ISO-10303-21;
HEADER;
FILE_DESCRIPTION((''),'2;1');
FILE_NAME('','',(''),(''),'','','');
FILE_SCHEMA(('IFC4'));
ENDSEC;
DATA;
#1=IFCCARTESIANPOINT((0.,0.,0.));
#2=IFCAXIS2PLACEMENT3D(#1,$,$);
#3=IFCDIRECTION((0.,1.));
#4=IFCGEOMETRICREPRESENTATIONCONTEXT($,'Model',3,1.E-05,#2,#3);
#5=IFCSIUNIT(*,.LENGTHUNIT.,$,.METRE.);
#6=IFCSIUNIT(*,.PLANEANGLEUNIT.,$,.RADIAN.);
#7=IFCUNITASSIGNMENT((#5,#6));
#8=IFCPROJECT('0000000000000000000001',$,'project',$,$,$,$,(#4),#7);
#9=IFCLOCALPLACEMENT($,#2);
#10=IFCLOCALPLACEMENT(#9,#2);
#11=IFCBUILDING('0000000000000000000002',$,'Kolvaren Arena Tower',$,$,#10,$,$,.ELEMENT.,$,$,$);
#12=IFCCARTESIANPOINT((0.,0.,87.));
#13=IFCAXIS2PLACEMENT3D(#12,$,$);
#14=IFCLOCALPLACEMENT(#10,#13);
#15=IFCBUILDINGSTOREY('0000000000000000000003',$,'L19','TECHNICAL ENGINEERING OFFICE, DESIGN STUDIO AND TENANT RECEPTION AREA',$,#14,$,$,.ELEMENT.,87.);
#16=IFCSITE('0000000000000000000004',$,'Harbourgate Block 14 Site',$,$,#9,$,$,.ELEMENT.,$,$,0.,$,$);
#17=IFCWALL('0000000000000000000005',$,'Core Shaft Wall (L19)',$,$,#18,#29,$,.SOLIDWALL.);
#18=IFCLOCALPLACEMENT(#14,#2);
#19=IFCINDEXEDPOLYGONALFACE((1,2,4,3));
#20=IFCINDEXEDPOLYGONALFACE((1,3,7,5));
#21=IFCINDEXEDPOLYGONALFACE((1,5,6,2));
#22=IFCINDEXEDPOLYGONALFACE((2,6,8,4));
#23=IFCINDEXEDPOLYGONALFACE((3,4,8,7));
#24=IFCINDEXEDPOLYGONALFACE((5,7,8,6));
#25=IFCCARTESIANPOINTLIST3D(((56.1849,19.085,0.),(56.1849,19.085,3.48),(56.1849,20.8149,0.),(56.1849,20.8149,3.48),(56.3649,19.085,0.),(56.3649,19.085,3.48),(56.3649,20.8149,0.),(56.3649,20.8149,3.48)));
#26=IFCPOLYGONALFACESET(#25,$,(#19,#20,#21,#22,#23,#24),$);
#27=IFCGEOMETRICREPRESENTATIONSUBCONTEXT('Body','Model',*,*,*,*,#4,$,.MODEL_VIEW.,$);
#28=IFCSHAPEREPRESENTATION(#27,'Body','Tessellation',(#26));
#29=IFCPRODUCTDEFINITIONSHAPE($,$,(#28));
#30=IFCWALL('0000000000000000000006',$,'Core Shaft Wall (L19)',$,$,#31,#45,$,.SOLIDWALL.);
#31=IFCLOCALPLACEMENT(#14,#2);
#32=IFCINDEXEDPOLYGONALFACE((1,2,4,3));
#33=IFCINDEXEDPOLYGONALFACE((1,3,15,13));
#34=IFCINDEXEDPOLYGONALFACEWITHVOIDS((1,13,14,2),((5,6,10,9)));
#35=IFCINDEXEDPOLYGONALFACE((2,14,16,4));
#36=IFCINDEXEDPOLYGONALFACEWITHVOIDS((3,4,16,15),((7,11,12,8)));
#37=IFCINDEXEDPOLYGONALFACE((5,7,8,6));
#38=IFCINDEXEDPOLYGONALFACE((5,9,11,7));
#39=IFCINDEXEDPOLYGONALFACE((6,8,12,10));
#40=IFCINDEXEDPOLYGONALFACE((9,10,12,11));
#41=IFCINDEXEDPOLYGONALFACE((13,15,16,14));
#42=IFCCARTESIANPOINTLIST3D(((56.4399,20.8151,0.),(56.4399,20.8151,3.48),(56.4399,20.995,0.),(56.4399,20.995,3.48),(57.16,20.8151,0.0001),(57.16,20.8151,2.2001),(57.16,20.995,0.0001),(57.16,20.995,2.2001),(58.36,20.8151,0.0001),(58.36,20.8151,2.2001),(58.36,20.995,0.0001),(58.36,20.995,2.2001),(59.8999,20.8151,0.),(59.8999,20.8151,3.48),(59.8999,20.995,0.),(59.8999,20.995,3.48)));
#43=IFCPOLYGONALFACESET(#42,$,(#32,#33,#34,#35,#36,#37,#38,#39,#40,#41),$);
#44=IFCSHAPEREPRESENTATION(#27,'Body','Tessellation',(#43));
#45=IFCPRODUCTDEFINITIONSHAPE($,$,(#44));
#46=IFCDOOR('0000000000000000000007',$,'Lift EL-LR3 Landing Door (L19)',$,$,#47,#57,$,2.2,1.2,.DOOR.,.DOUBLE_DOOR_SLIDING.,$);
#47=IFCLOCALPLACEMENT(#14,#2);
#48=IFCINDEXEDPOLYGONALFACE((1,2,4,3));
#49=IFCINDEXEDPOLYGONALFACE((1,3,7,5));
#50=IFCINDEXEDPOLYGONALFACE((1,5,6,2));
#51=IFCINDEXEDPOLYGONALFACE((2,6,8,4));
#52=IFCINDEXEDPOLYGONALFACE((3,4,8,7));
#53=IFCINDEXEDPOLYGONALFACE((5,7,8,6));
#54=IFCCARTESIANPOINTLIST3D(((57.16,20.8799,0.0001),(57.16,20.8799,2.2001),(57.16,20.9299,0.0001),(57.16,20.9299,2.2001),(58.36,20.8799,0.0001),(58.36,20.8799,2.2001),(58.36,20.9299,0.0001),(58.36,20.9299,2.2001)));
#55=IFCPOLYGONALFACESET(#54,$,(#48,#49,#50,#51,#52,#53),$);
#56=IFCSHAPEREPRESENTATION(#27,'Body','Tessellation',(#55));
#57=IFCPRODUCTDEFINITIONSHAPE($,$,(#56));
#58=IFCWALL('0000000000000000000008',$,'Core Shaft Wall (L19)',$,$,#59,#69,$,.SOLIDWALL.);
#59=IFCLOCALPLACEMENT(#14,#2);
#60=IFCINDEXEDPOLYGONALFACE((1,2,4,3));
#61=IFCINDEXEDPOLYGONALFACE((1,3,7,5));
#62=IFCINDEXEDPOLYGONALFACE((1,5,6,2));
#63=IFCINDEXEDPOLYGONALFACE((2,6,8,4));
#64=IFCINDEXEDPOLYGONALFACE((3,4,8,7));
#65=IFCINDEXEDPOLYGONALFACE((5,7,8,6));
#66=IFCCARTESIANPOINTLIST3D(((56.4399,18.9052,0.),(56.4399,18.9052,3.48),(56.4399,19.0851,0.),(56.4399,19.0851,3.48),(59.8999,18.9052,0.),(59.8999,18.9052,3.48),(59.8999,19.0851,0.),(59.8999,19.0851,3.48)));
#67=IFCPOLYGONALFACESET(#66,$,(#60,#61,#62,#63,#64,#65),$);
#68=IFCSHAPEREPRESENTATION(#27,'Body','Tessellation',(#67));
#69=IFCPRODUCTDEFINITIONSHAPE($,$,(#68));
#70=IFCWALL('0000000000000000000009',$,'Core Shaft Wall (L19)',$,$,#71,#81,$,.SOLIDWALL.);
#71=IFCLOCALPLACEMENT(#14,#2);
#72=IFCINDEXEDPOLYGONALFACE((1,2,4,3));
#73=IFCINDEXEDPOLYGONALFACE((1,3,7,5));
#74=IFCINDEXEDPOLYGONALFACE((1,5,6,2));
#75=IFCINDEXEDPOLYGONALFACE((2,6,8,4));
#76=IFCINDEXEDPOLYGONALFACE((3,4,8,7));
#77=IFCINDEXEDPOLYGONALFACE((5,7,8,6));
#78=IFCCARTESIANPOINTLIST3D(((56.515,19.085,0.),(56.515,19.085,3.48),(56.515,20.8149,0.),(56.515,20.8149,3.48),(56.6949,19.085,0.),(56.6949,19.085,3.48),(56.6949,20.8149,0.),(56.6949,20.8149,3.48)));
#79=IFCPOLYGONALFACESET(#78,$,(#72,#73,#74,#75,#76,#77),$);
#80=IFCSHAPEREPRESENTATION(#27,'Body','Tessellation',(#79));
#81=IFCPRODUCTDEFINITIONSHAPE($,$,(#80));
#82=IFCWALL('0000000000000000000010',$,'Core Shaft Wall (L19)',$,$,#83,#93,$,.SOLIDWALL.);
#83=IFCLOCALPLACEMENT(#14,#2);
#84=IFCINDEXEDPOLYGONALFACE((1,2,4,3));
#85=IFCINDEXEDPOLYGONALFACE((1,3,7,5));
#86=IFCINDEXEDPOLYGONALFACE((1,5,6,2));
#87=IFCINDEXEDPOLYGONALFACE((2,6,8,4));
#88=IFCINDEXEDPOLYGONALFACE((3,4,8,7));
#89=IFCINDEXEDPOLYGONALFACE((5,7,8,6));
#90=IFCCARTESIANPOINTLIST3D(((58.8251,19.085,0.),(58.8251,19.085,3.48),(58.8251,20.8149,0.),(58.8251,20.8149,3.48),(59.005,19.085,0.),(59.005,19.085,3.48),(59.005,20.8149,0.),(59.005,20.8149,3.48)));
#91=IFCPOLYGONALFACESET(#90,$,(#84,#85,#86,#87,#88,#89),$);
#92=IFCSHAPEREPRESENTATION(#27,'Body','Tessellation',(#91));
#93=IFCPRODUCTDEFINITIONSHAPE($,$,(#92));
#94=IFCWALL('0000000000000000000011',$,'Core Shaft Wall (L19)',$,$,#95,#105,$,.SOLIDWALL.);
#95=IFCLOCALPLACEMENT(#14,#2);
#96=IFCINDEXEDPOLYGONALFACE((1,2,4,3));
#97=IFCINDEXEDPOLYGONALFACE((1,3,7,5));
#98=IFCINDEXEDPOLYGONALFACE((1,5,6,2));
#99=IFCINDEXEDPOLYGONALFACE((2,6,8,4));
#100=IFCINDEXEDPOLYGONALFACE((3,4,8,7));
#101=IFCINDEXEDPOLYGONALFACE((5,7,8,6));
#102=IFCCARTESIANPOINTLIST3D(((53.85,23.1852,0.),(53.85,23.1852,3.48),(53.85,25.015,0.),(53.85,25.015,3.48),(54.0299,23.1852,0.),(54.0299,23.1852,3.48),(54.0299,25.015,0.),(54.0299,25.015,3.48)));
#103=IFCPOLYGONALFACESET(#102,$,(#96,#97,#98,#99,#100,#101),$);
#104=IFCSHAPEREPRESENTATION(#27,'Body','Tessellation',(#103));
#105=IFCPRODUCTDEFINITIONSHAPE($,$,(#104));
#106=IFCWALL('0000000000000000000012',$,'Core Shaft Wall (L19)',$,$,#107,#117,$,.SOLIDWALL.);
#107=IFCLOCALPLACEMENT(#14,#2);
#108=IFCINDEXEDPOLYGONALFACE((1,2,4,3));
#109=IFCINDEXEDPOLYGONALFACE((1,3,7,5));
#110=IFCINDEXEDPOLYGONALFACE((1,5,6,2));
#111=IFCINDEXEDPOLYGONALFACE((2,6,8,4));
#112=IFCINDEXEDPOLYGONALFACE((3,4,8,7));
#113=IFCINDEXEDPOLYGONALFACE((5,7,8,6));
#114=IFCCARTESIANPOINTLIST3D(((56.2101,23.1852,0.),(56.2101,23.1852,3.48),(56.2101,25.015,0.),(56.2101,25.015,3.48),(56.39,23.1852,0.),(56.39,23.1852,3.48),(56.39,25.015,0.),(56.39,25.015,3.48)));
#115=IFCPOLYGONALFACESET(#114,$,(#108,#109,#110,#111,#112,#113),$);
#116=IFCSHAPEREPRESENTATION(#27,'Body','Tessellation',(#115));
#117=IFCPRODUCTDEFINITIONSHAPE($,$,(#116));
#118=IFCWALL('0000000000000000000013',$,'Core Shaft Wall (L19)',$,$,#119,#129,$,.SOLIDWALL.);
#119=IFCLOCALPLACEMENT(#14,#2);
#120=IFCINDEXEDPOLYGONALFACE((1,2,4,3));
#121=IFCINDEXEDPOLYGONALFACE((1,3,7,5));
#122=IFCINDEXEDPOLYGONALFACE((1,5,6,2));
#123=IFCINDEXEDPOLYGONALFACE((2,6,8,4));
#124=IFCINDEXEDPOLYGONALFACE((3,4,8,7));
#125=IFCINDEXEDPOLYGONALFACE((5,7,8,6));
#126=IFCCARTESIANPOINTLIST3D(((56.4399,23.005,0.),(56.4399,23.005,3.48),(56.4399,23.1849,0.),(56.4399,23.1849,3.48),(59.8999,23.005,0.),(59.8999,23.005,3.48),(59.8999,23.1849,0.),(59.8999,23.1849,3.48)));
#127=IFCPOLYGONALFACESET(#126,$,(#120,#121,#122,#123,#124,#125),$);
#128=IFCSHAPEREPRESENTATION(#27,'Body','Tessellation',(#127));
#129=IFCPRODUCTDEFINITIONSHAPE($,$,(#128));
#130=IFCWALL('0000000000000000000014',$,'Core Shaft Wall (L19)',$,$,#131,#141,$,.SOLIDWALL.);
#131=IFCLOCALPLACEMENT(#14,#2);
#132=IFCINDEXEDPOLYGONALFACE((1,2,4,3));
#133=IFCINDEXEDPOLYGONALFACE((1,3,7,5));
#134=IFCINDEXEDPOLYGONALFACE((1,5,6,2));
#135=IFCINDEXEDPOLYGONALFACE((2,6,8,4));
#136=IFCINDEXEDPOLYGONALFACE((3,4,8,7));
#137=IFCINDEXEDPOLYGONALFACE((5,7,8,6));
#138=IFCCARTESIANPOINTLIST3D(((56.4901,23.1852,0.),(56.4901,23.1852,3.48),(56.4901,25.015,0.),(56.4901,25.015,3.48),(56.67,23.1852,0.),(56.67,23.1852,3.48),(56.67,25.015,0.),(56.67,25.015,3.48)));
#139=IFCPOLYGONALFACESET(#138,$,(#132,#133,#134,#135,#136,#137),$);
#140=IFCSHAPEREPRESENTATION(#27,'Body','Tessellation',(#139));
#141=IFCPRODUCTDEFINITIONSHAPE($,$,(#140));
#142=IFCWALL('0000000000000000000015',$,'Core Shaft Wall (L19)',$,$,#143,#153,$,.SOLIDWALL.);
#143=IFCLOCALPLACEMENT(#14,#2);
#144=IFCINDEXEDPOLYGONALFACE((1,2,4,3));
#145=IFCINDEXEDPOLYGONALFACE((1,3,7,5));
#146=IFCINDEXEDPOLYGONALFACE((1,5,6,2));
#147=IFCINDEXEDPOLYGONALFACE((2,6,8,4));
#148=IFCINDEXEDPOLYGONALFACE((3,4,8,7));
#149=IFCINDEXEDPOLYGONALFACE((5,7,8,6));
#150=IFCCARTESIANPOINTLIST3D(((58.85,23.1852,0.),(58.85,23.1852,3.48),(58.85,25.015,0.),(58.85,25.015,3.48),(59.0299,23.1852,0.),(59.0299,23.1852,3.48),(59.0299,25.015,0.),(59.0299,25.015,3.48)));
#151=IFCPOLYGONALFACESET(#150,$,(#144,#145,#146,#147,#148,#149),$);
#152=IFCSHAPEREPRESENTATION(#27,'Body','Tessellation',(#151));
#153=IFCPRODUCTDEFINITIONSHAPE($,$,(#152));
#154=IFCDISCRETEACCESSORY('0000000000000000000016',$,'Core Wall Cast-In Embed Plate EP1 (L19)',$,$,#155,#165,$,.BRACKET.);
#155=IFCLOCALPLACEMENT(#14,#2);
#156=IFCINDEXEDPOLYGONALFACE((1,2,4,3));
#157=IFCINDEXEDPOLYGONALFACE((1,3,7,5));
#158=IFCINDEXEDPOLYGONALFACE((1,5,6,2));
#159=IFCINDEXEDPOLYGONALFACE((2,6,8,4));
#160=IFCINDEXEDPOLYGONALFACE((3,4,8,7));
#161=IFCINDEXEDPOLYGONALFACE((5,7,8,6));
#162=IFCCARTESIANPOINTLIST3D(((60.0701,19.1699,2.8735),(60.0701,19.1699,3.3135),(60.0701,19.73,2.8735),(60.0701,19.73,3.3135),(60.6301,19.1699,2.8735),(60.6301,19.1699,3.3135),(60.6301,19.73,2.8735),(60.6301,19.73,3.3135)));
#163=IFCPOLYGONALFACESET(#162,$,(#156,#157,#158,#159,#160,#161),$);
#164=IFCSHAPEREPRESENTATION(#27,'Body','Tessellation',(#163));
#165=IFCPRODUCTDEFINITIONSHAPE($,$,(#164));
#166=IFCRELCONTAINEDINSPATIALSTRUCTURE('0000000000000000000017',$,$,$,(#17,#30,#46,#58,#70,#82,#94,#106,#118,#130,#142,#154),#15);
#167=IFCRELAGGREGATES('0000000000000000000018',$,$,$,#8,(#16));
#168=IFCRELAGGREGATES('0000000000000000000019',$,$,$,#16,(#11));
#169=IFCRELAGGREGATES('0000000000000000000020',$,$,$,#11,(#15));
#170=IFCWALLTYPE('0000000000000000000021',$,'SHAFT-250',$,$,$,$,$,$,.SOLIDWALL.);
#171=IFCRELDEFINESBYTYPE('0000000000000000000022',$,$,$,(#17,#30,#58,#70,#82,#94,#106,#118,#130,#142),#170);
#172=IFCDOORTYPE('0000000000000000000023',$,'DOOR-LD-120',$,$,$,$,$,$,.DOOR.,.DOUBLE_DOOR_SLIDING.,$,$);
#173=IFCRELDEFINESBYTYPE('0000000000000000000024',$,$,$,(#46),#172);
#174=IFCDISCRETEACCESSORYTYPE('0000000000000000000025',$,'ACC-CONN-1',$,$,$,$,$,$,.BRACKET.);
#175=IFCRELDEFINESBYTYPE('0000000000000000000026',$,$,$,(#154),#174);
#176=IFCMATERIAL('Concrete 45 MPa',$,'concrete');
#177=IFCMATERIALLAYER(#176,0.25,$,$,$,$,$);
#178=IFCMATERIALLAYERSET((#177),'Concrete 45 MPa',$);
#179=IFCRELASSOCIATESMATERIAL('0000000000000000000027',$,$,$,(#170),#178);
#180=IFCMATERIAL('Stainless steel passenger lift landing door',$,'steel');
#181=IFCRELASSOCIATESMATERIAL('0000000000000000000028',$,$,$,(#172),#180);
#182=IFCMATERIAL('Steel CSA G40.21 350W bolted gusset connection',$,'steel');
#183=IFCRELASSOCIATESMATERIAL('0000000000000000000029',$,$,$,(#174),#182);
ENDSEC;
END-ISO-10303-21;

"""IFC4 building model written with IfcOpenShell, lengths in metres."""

from ifc_helpers import new_model, si_unit, direction, frame, frame_2d, origin, origin_2d, place, context, subcontext, project, spatial, rectangle, extrude, material, layer, layer_set, type_object, element, fill, save


model = new_model("IFC4")

# Units and contexts
model_context = context("Model", 3, precision=1e-05, world=origin(), true_north=direction((0.0, 1.0)))
body_context = subcontext(model_context, "Body", "Model", "MODEL_VIEW")
ifc_project = project(units=[si_unit("LENGTHUNIT", "METRE"), si_unit("PLANEANGLEUNIT", "RADIAN")], contexts=[model_context])

# Site, building, storey
site_placement = place(None, origin())
site = spatial("IfcSite", under=ifc_project, at=site_placement, Name="Harbourgate Block 14 Site", CompositionType="ELEMENT", RefElevation=0.0)
building_placement = place(site_placement, origin())
building = spatial("IfcBuilding", under=site, at=building_placement, Name="Kolvaren Arena Tower", CompositionType="ELEMENT")
storey_placement = place(building_placement, frame((0.0, 0.0, 87.0)))
storey = spatial("IfcBuildingStorey", under=building, at=storey_placement, Name="L19", Description="TECHNICAL ENGINEERING OFFICE, DESIGN STUDIO AND TENANT RECEPTION AREA", CompositionType="ELEMENT", Elevation=87.0)

# Shared definitions
ifc_material_1 = material(Name="Concrete 45 MPa", Category="concrete")
ifc_layer_1 = layer(ifc_material_1, 0.25)
ifc_layer_set_1 = layer_set([ifc_layer_1], Name="Concrete 45 MPa")
wall_type_1 = type_object("IfcWallType", Name="SHAFT-250", PredefinedType="SOLIDWALL", material=ifc_layer_set_1)
ifc_material_2 = material(Name="Stainless steel passenger lift landing door", Category="steel")
door_type = type_object("IfcDoorType", Name="DOOR-LD-120", OperationType="DOUBLE_DOOR_SLIDING", PredefinedType="DOOR", material=ifc_material_2)

# Wall
for number, where, z_axis, x_axis, name in (
    (1, (56.2749, 19.085, 0.0), (0.0, 0.0, 1.0), (0.0, 1.0, 0.0), "Core Shaft Wall (L19)"),
):
    element("IfcWall", number, at=place(storey_placement, frame(where, z_axis=z_axis, x_axis=x_axis)), inside=storey, type_object=wall_type_1, Name=name, PredefinedType="SOLIDWALL", context=body_context, shape_type="SweptSolid", body=[
        extrude(rectangle(XDim=1.73, YDim=0.1799, at=frame_2d((0.865, 0.0))), origin(), (0.0, 0.0, 1.0), 3.48),
    ])

# Wall, opening, door
wall_1_placement = place(storey_placement, frame((56.4399, 20.905, 0.0), z_axis=(0.0, 0.0, 1.0), x_axis=(1.0, 0.0, 0.0)))
wall_1 = element("IfcWall", 2, at=wall_1_placement, inside=storey, type_object=wall_type_1, Name="Core Shaft Wall (L19)", PredefinedType="SOLIDWALL", context=body_context, shape_type="SweptSolid", body=[
    extrude(rectangle(XDim=3.46, YDim=0.1799, at=frame_2d((1.73, 0.0))), origin(), (0.0, 0.0, 1.0), 3.48),
])
opening_1_placement = place(wall_1_placement, frame((0.72, 0.0, 0.0)))
opening_1 = element("IfcOpeningElement", 3, at=opening_1_placement, cuts=wall_1, PredefinedType="OPENING", context=body_context, shape_type="SweptSolid", body=[
    extrude(rectangle(XDim=1.2, YDim=2.2, at=frame_2d((0.6001, 1.1001))), frame((0.0, 0.0999, 0.0), z_axis=(0.0, -1.0, 0.0), x_axis=(1.0, 0.0, 0.0)), (0.0, 0.0, 1.0), 0.2),
])
door_1_placement = place(opening_1_placement, origin())
door_1 = element("IfcDoor", 4, at=door_1_placement, inside=storey, type_object=door_type, Name="Lift EL-LR3 Landing Door (L19)", OperationType="DOUBLE_DOOR_SLIDING", OverallHeight=2.2, OverallWidth=1.2, PredefinedType="DOOR", context=body_context, shape_type="SweptSolid", body=[
    extrude(rectangle(XDim=1.2, YDim=2.2, at=frame_2d((0.6001, 1.1001))), frame((0.0, 0.0249, 0.0), z_axis=(0.0, -1.0, 0.0), x_axis=(1.0, 0.0, 0.0)), (0.0, 0.0, 1.0), 0.05),
])
fill(opening_1, door_1)

# Walls
wall_2_placement = place(storey_placement, frame((56.4399, 18.9951, 0.0), z_axis=(0.0, 0.0, 1.0), x_axis=(1.0, 0.0, 0.0)))
element("IfcWall", 5, at=wall_2_placement, inside=storey, type_object=wall_type_1, Name="Core Shaft Wall (L19)", PredefinedType="SOLIDWALL", context=body_context, shape_type="SweptSolid", body=[
    extrude(rectangle(XDim=3.46, YDim=0.1799, at=frame_2d((1.73, 0.0))), origin(), (0.0, 0.0, 1.0), 3.48),
])
for number, where, z_axis, x_axis, name in (
    (6, (56.605, 19.085, 0.0), (0.0, 0.0, 1.0), (0.0, 1.0, 0.0), "Core Shaft Wall (L19)"),
    (7, (58.915, 19.085, 0.0), (0.0, 0.0, 1.0), (0.0, 1.0, 0.0), "Core Shaft Wall (L19)"),
):
    element("IfcWall", number, at=place(storey_placement, frame(where, z_axis=z_axis, x_axis=x_axis)), inside=storey, type_object=wall_type_1, Name=name, PredefinedType="SOLIDWALL", context=body_context, shape_type="SweptSolid", body=[
        extrude(rectangle(XDim=1.73, YDim=0.1799, at=frame_2d((0.865, 0.0))), origin(), (0.0, 0.0, 1.0), 3.48),
    ])
for number, where, z_axis, x_axis, name in (
    (8, (53.9399, 23.1851, 0.0), (0.0, 0.0, 1.0), (0.0, 1.0, 0.0), "Core Shaft Wall (L19)"),
    (9, (56.3, 23.1851, 0.0), (0.0, 0.0, 1.0), (0.0, 1.0, 0.0), "Core Shaft Wall (L19)"),
):
    element("IfcWall", number, at=place(storey_placement, frame(where, z_axis=z_axis, x_axis=x_axis)), inside=storey, type_object=wall_type_1, Name=name, PredefinedType="SOLIDWALL", context=body_context, shape_type="SweptSolid", body=[
        extrude(rectangle(XDim=1.8298, YDim=0.1799, at=frame_2d((0.915, 0.0))), origin(), (0.0, 0.0, 1.0), 3.48),
    ])
wall_3_placement = place(storey_placement, frame((56.4399, 23.095, 0.0), z_axis=(0.0, 0.0, 1.0), x_axis=(1.0, 0.0, 0.0)))
element("IfcWall", 10, at=wall_3_placement, inside=storey, type_object=wall_type_1, Name="Core Shaft Wall (L19)", PredefinedType="SOLIDWALL", context=body_context, shape_type="SweptSolid", body=[
    extrude(rectangle(XDim=3.46, YDim=0.1799, at=frame_2d((1.73, 0.0))), origin(), (0.0, 0.0, 1.0), 3.48),
])
for number, where, z_axis, x_axis, name in (
    (11, (56.5801, 23.1851, 0.0), (0.0, 0.0, 1.0), (0.0, 1.0, 0.0), "Core Shaft Wall (L19)"),
    (12, (58.9399, 23.1851, 0.0), (0.0, 0.0, 1.0), (0.0, 1.0, 0.0), "Core Shaft Wall (L19)"),
):
    element("IfcWall", number, at=place(storey_placement, frame(where, z_axis=z_axis, x_axis=x_axis)), inside=storey, type_object=wall_type_1, Name=name, PredefinedType="SOLIDWALL", context=body_context, shape_type="SweptSolid", body=[
        extrude(rectangle(XDim=1.8298, YDim=0.1799, at=frame_2d((0.915, 0.0))), origin(), (0.0, 0.0, 1.0), 3.48),
    ])

# Discrete accessory
ifc_material_3 = material(Name="Steel CSA G40.21 350W bolted gusset connection", Category="steel")
discrete_accessory_type = type_object("IfcDiscreteAccessoryType", Name="ACC-CONN-1", PredefinedType="BRACKET", material=ifc_material_3)
discrete_accessory_placement = place(storey_placement, frame((60.3501, 19.45, 2.8735), z_axis=(0.0, 0.0, 1.0), x_axis=(1.0, 0.0, 0.0)))
element("IfcDiscreteAccessory", 13, at=discrete_accessory_placement, inside=storey, type_object=discrete_accessory_type, Name="Core Wall Cast-In Embed Plate EP1 (L19)", PredefinedType="BRACKET", context=body_context, shape_type="SweptSolid", body=[
    extrude(rectangle(XDim=0.5601, YDim=0.5601, at=origin_2d()), origin(), (0.0, 0.0, 1.0), 0.4399),
])

save(model, "model.ifc")
